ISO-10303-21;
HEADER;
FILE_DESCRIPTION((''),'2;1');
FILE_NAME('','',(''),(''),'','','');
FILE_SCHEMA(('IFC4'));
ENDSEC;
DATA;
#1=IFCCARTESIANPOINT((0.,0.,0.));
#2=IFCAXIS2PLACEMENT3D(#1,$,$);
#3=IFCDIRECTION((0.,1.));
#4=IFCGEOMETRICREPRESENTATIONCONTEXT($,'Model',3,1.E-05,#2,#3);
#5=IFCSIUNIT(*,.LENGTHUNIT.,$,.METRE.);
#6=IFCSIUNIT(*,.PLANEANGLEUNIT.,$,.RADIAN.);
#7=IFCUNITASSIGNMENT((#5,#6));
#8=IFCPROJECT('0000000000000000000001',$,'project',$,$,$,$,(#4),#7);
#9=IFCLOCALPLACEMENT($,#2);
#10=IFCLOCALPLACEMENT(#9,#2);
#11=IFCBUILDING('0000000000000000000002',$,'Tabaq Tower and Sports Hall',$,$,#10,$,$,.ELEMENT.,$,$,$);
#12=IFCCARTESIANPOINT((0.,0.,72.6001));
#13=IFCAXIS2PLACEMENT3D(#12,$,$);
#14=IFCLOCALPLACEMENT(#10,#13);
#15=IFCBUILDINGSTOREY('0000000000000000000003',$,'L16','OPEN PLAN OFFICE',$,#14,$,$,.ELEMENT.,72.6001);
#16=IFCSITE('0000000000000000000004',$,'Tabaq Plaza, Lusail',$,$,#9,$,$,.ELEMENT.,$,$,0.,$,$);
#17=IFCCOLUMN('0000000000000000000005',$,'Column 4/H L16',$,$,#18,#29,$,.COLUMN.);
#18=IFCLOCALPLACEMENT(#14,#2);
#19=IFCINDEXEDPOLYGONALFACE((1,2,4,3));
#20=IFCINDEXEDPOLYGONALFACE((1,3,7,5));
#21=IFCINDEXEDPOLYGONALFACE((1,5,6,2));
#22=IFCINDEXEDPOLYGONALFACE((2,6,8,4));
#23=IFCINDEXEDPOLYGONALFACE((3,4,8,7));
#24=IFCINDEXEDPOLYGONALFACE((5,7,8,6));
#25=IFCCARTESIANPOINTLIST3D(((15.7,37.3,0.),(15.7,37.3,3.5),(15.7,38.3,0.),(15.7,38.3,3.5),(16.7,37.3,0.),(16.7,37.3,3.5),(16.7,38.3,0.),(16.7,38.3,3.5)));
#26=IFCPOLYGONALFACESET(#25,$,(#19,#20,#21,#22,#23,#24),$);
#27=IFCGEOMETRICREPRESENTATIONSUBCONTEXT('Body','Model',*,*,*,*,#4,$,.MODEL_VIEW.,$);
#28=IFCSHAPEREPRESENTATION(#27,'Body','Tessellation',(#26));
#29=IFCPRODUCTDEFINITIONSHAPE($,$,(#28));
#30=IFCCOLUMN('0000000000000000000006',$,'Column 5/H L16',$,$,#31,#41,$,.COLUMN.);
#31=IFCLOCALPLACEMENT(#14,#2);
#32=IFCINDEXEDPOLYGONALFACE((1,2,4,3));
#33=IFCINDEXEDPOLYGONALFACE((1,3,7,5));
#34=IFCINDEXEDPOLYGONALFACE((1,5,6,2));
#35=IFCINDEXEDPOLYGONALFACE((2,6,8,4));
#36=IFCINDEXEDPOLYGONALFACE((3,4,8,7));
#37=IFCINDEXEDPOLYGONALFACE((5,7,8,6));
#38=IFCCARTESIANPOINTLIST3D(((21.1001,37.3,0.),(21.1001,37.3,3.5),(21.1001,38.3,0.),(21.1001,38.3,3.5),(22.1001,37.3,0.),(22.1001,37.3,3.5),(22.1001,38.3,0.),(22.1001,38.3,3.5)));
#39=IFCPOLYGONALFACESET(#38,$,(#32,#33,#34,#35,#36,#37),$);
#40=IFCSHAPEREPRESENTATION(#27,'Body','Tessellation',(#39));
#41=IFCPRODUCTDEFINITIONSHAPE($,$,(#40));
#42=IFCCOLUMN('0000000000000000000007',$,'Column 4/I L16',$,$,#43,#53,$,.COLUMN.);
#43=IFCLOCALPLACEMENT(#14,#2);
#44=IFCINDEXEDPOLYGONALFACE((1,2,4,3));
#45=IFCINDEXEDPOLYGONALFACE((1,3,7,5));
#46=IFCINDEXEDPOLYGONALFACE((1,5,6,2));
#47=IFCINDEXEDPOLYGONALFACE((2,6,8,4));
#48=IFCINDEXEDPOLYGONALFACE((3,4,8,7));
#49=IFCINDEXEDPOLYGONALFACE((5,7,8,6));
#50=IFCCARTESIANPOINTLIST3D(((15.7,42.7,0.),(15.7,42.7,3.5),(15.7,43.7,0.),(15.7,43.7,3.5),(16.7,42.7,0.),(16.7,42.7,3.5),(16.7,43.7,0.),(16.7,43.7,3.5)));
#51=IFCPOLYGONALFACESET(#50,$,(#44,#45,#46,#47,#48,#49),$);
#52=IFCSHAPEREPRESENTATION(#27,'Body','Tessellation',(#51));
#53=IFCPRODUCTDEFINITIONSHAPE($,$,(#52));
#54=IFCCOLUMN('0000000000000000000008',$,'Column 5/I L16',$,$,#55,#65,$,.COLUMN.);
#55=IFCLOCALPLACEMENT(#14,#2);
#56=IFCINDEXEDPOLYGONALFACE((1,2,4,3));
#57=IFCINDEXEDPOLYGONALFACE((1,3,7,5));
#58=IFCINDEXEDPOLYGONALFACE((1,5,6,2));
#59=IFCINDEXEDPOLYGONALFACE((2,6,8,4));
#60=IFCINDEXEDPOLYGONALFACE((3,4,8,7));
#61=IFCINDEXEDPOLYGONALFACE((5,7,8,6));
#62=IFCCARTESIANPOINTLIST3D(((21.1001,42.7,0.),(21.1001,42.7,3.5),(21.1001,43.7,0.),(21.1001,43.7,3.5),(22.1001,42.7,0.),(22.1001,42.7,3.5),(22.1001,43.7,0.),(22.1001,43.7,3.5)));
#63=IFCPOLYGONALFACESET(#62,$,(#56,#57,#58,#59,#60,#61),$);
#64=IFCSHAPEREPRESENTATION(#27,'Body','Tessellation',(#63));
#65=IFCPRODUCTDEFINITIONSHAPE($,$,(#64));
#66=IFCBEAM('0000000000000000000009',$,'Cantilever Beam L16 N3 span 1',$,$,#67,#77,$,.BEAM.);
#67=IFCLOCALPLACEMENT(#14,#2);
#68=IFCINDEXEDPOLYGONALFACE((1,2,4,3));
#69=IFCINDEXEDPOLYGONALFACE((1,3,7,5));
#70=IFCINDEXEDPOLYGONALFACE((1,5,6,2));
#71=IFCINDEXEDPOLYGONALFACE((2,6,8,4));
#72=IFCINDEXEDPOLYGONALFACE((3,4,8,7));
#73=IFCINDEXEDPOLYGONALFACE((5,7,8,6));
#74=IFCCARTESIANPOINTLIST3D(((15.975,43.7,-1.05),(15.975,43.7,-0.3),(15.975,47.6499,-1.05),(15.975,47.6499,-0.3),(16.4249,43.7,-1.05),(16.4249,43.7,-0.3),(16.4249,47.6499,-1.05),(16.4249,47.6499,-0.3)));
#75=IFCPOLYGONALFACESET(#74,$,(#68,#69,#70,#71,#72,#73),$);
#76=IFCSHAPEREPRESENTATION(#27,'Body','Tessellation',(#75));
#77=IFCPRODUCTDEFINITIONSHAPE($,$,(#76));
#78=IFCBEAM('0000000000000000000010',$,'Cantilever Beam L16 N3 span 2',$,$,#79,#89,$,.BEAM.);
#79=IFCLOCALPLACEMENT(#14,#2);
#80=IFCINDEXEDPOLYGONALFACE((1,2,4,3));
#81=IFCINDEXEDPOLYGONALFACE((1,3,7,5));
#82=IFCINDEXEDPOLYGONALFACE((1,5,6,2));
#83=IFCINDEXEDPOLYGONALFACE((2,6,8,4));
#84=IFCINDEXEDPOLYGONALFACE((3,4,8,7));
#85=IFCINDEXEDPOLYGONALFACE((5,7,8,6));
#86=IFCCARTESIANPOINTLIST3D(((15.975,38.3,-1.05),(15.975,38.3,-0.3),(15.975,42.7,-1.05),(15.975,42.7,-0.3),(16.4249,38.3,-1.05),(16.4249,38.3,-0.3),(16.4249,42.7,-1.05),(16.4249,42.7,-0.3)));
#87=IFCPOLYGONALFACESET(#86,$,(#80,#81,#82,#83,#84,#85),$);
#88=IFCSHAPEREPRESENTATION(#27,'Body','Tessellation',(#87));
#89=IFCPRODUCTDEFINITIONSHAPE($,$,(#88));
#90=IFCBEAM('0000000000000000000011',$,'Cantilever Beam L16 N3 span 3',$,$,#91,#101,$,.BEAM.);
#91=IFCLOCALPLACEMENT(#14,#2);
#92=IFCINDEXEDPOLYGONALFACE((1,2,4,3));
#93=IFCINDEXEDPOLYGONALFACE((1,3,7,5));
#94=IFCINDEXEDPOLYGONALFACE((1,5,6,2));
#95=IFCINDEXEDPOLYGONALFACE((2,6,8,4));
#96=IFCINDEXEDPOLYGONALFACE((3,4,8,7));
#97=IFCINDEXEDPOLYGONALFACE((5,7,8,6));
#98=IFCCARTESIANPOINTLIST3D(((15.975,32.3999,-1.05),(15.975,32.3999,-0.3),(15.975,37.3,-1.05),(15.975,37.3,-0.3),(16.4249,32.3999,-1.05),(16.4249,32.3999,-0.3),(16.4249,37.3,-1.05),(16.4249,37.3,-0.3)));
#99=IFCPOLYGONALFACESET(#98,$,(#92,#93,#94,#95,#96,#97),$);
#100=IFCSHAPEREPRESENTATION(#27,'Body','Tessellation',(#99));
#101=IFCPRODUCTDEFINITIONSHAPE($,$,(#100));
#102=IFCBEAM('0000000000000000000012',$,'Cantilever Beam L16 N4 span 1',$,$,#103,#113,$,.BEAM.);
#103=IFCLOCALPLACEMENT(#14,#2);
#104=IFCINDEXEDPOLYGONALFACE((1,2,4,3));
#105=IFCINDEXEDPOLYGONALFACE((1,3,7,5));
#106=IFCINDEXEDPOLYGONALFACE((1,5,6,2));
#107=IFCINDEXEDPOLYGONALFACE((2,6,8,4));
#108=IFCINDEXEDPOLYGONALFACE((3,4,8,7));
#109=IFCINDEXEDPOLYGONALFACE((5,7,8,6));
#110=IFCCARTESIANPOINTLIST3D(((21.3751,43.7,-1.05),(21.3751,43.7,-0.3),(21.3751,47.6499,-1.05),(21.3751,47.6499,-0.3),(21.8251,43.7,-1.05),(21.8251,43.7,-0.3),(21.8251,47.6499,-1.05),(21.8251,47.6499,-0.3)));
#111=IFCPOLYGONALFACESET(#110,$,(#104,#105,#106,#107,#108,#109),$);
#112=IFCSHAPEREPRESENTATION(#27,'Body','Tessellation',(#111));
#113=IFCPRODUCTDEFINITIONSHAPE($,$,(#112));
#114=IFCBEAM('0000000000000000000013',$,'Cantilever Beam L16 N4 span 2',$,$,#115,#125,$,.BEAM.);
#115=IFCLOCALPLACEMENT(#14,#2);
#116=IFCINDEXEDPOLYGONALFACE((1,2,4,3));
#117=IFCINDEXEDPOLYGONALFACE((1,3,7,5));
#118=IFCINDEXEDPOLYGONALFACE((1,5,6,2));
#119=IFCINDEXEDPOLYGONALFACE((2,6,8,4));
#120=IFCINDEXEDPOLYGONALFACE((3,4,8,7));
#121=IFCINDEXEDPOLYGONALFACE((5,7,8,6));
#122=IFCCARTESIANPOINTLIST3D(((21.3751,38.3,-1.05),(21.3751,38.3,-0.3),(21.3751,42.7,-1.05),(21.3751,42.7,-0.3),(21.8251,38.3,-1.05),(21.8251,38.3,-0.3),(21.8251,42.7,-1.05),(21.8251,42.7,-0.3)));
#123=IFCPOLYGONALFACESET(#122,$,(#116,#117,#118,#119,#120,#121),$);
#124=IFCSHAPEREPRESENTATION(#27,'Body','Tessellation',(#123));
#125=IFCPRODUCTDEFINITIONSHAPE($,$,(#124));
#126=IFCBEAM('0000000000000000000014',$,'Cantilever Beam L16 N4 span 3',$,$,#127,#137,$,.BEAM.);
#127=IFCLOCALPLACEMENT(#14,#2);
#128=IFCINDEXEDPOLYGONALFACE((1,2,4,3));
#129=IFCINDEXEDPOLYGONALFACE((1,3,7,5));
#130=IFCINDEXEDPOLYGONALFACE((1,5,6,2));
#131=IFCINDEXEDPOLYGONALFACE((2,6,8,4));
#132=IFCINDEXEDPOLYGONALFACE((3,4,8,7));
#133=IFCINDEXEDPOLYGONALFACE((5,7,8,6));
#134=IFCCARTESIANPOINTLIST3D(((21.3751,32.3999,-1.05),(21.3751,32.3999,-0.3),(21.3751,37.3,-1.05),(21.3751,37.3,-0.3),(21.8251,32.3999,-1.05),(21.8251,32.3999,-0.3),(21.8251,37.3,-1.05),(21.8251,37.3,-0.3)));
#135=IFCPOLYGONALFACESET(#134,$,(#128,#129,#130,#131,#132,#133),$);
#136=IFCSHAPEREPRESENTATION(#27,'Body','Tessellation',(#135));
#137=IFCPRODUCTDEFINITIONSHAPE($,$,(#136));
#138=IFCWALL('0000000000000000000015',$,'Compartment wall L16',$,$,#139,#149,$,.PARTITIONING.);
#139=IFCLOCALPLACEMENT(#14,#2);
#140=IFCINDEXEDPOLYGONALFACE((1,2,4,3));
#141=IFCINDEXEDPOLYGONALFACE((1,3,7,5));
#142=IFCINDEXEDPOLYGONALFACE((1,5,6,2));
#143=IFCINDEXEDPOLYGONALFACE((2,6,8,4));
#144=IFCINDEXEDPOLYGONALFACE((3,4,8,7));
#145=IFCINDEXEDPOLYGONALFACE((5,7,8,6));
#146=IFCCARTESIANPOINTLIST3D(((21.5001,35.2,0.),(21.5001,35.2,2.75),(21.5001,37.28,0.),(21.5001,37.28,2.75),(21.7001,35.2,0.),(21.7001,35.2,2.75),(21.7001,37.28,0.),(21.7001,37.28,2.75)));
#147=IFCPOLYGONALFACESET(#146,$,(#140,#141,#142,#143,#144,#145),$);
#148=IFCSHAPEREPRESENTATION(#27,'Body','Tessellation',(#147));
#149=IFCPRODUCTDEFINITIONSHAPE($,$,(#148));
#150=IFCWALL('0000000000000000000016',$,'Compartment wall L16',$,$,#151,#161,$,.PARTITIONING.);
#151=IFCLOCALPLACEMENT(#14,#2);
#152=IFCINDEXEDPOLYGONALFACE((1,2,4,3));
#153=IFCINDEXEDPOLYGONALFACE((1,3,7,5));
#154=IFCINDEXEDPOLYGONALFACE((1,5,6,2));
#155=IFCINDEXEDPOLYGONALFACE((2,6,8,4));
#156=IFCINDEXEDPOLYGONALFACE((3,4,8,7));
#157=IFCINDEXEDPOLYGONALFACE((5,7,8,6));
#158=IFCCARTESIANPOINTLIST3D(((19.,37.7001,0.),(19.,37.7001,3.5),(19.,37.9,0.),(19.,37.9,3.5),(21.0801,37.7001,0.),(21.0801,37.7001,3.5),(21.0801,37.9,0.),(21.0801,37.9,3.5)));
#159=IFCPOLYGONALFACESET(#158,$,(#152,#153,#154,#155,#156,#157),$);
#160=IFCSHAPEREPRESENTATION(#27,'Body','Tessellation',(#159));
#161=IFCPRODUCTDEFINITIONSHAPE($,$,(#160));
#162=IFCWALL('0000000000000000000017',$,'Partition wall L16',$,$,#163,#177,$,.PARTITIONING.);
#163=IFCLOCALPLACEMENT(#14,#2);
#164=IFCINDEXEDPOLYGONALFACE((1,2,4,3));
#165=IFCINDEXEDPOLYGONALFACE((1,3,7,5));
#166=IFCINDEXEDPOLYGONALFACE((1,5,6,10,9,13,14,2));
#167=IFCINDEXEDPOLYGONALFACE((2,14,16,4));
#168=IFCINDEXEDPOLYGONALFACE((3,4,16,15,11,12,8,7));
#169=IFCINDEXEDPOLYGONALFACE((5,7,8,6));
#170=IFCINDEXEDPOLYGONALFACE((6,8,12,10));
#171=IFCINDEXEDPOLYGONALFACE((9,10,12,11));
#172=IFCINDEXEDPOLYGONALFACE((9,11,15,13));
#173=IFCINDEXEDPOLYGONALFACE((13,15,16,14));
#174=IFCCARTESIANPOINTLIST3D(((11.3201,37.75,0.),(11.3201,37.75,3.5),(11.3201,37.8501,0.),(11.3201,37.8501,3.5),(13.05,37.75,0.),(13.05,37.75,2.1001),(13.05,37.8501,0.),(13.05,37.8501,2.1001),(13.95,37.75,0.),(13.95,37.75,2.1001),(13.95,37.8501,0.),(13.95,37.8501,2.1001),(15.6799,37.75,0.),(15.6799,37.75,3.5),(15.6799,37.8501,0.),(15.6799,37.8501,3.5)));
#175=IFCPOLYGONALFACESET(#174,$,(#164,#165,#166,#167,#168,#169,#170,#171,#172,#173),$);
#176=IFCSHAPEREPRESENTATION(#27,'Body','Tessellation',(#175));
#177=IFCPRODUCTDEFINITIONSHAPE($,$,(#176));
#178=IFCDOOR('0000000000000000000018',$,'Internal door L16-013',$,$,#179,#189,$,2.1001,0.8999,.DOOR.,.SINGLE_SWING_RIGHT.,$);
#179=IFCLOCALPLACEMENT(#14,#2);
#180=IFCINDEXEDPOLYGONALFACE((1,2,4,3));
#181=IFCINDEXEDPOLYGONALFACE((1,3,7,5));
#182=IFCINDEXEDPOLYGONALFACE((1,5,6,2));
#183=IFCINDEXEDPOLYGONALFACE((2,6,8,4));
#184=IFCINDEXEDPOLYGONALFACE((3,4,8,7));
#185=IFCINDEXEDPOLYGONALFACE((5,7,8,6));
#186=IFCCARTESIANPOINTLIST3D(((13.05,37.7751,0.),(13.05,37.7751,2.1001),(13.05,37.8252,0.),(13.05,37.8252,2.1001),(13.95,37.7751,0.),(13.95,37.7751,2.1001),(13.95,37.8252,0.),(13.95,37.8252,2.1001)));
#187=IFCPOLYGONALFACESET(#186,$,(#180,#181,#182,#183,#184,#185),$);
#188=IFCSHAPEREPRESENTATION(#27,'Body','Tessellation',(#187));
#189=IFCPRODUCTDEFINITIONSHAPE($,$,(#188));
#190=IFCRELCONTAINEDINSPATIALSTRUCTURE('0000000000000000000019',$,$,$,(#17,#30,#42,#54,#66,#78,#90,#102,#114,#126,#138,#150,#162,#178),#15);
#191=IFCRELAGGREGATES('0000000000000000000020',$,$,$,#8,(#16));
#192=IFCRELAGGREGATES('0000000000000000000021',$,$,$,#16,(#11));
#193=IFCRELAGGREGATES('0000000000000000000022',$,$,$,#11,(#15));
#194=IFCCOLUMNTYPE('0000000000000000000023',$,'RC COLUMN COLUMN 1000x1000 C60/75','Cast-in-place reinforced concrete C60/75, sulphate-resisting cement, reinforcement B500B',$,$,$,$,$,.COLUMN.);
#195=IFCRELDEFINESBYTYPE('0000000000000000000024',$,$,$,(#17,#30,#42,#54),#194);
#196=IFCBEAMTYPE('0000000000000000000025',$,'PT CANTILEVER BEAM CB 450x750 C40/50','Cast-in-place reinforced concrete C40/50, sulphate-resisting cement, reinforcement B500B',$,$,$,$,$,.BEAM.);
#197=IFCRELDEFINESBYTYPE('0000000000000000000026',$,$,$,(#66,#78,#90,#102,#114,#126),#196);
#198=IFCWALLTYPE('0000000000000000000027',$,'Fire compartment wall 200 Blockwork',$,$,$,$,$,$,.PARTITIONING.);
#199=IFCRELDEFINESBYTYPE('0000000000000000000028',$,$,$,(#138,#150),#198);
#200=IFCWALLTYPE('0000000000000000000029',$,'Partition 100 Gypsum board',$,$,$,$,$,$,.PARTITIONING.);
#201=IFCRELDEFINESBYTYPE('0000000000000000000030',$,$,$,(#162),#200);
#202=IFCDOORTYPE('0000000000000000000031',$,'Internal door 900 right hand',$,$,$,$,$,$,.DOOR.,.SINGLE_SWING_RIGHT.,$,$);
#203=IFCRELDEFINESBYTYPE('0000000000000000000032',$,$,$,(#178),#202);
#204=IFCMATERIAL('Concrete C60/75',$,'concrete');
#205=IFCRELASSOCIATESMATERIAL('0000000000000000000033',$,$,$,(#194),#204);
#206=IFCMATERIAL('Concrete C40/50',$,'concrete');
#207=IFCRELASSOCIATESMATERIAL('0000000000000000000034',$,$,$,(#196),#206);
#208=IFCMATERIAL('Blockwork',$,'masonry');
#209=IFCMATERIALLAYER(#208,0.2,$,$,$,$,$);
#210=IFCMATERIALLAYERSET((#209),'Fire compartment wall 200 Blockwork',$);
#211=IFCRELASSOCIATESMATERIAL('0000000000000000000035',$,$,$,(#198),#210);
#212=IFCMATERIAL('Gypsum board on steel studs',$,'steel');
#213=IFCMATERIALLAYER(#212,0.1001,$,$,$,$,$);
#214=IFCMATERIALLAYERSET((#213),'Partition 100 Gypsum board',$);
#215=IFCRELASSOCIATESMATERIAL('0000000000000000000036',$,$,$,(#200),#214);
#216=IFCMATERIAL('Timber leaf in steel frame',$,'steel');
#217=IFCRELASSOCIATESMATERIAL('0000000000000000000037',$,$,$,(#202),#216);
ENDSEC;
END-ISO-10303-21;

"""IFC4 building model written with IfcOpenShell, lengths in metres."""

from ifc_helpers import new_model, si_unit, direction, frame, frame_2d, origin, origin_2d, place, context, subcontext, project, spatial, rectangle, extrude, material, layer, layer_set, material_profile, profile_set, type_object, element, fill, save


model = new_model("IFC4")

# Units and contexts
model_context = context("Model", 3, precision=1e-05, world=origin(), true_north=direction((0.0, 1.0)))
body_context = subcontext(model_context, "Body", "Model", "MODEL_VIEW")
ifc_project = project(units=[si_unit("LENGTHUNIT", "METRE"), si_unit("PLANEANGLEUNIT", "RADIAN")], contexts=[model_context])

# Site, building, storey
site_placement = place(None, origin())
site = spatial("IfcSite", under=ifc_project, at=site_placement, Name="Tabaq Plaza, Lusail", CompositionType="ELEMENT", RefElevation=0.0)
building_placement = place(site_placement, origin())
building = spatial("IfcBuilding", under=site, at=building_placement, Name="Tabaq Tower and Sports Hall", CompositionType="ELEMENT")
storey_placement = place(building_placement, frame((0.0, 0.0, 72.6001)))
storey = spatial("IfcBuildingStorey", under=building, at=storey_placement, Name="L16", Description="OPEN PLAN OFFICE", CompositionType="ELEMENT", Elevation=72.6001)

# Columns
ifc_material_1 = material(Name="Concrete C60/75", Category="concrete")
ifc_material_profile_1 = material_profile(ifc_material_1, rectangle(XDim=1.0, YDim=1.0, at=origin_2d()), Name="COLUMN 1000x1000")
ifc_profile_set_1 = profile_set([ifc_material_profile_1], Name="Concrete C60/75")
column_type = type_object("IfcColumnType", Name="RC COLUMN COLUMN 1000x1000 C60/75", Description="Cast-in-place reinforced concrete C60/75, sulphate-resisting cement, reinforcement B500B", PredefinedType="COLUMN", material=ifc_profile_set_1)
for number, where, z_axis, x_axis, name in (
    (1, (16.2, 37.8, 0.0), (0.0, 0.0, 1.0), (1.0, 0.0, 0.0), "Column 4/H L16"),
    (2, (21.6001, 37.8, 0.0), (0.0, 0.0, 1.0), (1.0, 0.0, 0.0), "Column 5/H L16"),
    (3, (16.2, 43.2, 0.0), (0.0, 0.0, 1.0), (1.0, 0.0, 0.0), "Column 4/I L16"),
    (4, (21.6001, 43.2, 0.0), (0.0, 0.0, 1.0), (1.0, 0.0, 0.0), "Column 5/I L16"),
):
    element("IfcColumn", number, at=place(storey_placement, frame(where, z_axis=z_axis, x_axis=x_axis)), inside=storey, type_object=column_type, Name=name, PredefinedType="COLUMN", context=body_context, shape_type="SweptSolid", body=[
        extrude(rectangle(XDim=1.0, YDim=1.0, at=origin_2d()), origin(), (0.0, 0.0, 1.0), 3.5),
    ])

# Beams
ifc_material_2 = material(Name="Concrete C40/50", Category="concrete")
ifc_material_profile_2 = material_profile(ifc_material_2, rectangle(XDim=0.45, YDim=0.75, at=origin_2d()), Name="CB 450x750")
ifc_profile_set_2 = profile_set([ifc_material_profile_2], Name="Concrete C40/50")
beam_type = type_object("IfcBeamType", Name="PT CANTILEVER BEAM CB 450x750 C40/50", Description="Cast-in-place reinforced concrete C40/50, sulphate-resisting cement, reinforcement B500B", PredefinedType="BEAM", material=ifc_profile_set_2)
beam_1_placement = place(storey_placement, frame((16.2, 47.6499, -0.675), z_axis=(0.0, -1.0, 0.0), x_axis=(1.0, 0.0, 0.0)))
element("IfcBeam", 5, at=beam_1_placement, inside=storey, type_object=beam_type, Name="Cantilever Beam L16 N3 span 1", PredefinedType="BEAM", context=body_context, shape_type="SweptSolid", body=[
    extrude(rectangle(XDim=0.45, YDim=0.75, at=origin_2d()), origin(), (0.0, 0.0, 1.0), 3.95),
])
beam_2_placement = place(storey_placement, frame((16.2, 42.7, -0.675), z_axis=(0.0, -1.0, 0.0), x_axis=(1.0, 0.0, 0.0)))
element("IfcBeam", 6, at=beam_2_placement, inside=storey, type_object=beam_type, Name="Cantilever Beam L16 N3 span 2", PredefinedType="BEAM", context=body_context, shape_type="SweptSolid", body=[
    extrude(rectangle(XDim=0.45, YDim=0.75, at=origin_2d()), origin(), (0.0, 0.0, 1.0), 4.3999),
])
beam_3_placement = place(storey_placement, frame((16.2, 37.3, -0.675), z_axis=(0.0, -1.0, 0.0), x_axis=(1.0, 0.0, 0.0)))
element("IfcBeam", 7, at=beam_3_placement, inside=storey, type_object=beam_type, Name="Cantilever Beam L16 N3 span 3", PredefinedType="BEAM", context=body_context, shape_type="SweptSolid", body=[
    extrude(rectangle(XDim=0.45, YDim=0.75, at=origin_2d()), origin(), (0.0, 0.0, 1.0), 4.9001),
])
beam_4_placement = place(storey_placement, frame((21.6001, 47.6499, -0.675), z_axis=(0.0, -1.0, 0.0), x_axis=(1.0, 0.0, 0.0)))
element("IfcBeam", 8, at=beam_4_placement, inside=storey, type_object=beam_type, Name="Cantilever Beam L16 N4 span 1", PredefinedType="BEAM", context=body_context, shape_type="SweptSolid", body=[
    extrude(rectangle(XDim=0.45, YDim=0.75, at=origin_2d()), origin(), (0.0, 0.0, 1.0), 3.95),
])
beam_5_placement = place(storey_placement, frame((21.6001, 42.7, -0.675), z_axis=(0.0, -1.0, 0.0), x_axis=(1.0, 0.0, 0.0)))
element("IfcBeam", 9, at=beam_5_placement, inside=storey, type_object=beam_type, Name="Cantilever Beam L16 N4 span 2", PredefinedType="BEAM", context=body_context, shape_type="SweptSolid", body=[
    extrude(rectangle(XDim=0.45, YDim=0.75, at=origin_2d()), origin(), (0.0, 0.0, 1.0), 4.3999),
])
beam_6_placement = place(storey_placement, frame((21.6001, 37.3, -0.675), z_axis=(0.0, -1.0, 0.0), x_axis=(1.0, 0.0, 0.0)))
element("IfcBeam", 10, at=beam_6_placement, inside=storey, type_object=beam_type, Name="Cantilever Beam L16 N4 span 3", PredefinedType="BEAM", context=body_context, shape_type="SweptSolid", body=[
    extrude(rectangle(XDim=0.45, YDim=0.75, at=origin_2d()), origin(), (0.0, 0.0, 1.0), 4.9001),
])

# Walls
ifc_material_3 = material(Name="Blockwork", Category="masonry")
ifc_layer_1 = layer(ifc_material_3, 0.2)
ifc_layer_set_1 = layer_set([ifc_layer_1], Name="Fire compartment wall 200 Blockwork")
wall_type_1 = type_object("IfcWallType", Name="Fire compartment wall 200 Blockwork", PredefinedType="PARTITIONING", material=ifc_layer_set_1)
wall_1_placement = place(storey_placement, frame((21.6001, 35.2, 0.0), z_axis=(0.0, 0.0, 1.0), x_axis=(0.0, 1.0, 0.0)))
element("IfcWall", 11, at=wall_1_placement, inside=storey, type_object=wall_type_1, Name="Compartment wall L16", PredefinedType="PARTITIONING", context=body_context, shape_type="SweptSolid", body=[
    extrude(rectangle(XDim=2.0801, YDim=0.2, at=frame_2d((1.04, 0.0))), origin(), (0.0, 0.0, 1.0), 2.75),
])
wall_2_placement = place(storey_placement, frame((21.0801, 37.8, 0.0), z_axis=(0.0, 0.0, 1.0), x_axis=(-1.0, 0.0, 0.0)))
element("IfcWall", 12, at=wall_2_placement, inside=storey, type_object=wall_type_1, Name="Compartment wall L16", PredefinedType="PARTITIONING", context=body_context, shape_type="SweptSolid", body=[
    extrude(rectangle(XDim=2.0801, YDim=0.2, at=frame_2d((1.04, 0.0))), origin(), (0.0, 0.0, 1.0), 3.5),
])

# Wall, opening, door
ifc_material_4 = material(Name="Gypsum board on steel studs", Category="steel")
ifc_layer_2 = layer(ifc_material_4, 0.1001)
ifc_layer_set_2 = layer_set([ifc_layer_2], Name="Partition 100 Gypsum board")
wall_type_2 = type_object("IfcWallType", Name="Partition 100 Gypsum board", PredefinedType="PARTITIONING", material=ifc_layer_set_2)
wall_3_placement = place(storey_placement, frame((15.6799, 37.8, 0.0), z_axis=(0.0, 0.0, 1.0), x_axis=(-1.0, 0.0, 0.0)))
wall_3 = element("IfcWall", 13, at=wall_3_placement, inside=storey, type_object=wall_type_2, Name="Partition wall L16", PredefinedType="PARTITIONING", context=body_context, shape_type="SweptSolid", body=[
    extrude(rectangle(XDim=4.3599, YDim=0.1001, at=frame_2d((2.1799, 0.0))), origin(), (0.0, 0.0, 1.0), 3.5),
])
opening_1_placement = place(wall_3_placement, frame((1.73, 0.0, 0.0)))
opening_1 = element("IfcOpeningElement", 14, at=opening_1_placement, cuts=wall_3, PredefinedType="OPENING", context=body_context, shape_type="SweptSolid", body=[
    extrude(rectangle(XDim=0.8999, YDim=2.1001, at=frame_2d((0.45, 1.05))), frame((0.0, 0.05, 0.0), z_axis=(0.0, -1.0, 0.0), x_axis=(1.0, 0.0, 0.0)), (0.0, 0.0, 1.0), 0.1001),
])
ifc_material_5 = material(Name="Timber leaf in steel frame", Category="steel")
door_type = type_object("IfcDoorType", Name="Internal door 900 right hand", OperationType="SINGLE_SWING_RIGHT", PredefinedType="DOOR", material=ifc_material_5)
door_1_placement = place(opening_1_placement, origin())
door_1 = element("IfcDoor", 15, at=door_1_placement, inside=storey, type_object=door_type, Name="Internal door L16-013", OperationType="SINGLE_SWING_RIGHT", OverallHeight=2.1001, OverallWidth=0.8999, PredefinedType="DOOR", context=body_context, shape_type="SweptSolid", body=[
    extrude(rectangle(XDim=0.8999, YDim=2.1001, at=frame_2d((0.45, 1.05))), frame((0.0, 0.0249, 0.0), z_axis=(0.0, -1.0, 0.0), x_axis=(1.0, 0.0, 0.0)), (0.0, 0.0, 1.0), 0.05),
])
fill(opening_1, door_1)

save(model, "model.ifc")
